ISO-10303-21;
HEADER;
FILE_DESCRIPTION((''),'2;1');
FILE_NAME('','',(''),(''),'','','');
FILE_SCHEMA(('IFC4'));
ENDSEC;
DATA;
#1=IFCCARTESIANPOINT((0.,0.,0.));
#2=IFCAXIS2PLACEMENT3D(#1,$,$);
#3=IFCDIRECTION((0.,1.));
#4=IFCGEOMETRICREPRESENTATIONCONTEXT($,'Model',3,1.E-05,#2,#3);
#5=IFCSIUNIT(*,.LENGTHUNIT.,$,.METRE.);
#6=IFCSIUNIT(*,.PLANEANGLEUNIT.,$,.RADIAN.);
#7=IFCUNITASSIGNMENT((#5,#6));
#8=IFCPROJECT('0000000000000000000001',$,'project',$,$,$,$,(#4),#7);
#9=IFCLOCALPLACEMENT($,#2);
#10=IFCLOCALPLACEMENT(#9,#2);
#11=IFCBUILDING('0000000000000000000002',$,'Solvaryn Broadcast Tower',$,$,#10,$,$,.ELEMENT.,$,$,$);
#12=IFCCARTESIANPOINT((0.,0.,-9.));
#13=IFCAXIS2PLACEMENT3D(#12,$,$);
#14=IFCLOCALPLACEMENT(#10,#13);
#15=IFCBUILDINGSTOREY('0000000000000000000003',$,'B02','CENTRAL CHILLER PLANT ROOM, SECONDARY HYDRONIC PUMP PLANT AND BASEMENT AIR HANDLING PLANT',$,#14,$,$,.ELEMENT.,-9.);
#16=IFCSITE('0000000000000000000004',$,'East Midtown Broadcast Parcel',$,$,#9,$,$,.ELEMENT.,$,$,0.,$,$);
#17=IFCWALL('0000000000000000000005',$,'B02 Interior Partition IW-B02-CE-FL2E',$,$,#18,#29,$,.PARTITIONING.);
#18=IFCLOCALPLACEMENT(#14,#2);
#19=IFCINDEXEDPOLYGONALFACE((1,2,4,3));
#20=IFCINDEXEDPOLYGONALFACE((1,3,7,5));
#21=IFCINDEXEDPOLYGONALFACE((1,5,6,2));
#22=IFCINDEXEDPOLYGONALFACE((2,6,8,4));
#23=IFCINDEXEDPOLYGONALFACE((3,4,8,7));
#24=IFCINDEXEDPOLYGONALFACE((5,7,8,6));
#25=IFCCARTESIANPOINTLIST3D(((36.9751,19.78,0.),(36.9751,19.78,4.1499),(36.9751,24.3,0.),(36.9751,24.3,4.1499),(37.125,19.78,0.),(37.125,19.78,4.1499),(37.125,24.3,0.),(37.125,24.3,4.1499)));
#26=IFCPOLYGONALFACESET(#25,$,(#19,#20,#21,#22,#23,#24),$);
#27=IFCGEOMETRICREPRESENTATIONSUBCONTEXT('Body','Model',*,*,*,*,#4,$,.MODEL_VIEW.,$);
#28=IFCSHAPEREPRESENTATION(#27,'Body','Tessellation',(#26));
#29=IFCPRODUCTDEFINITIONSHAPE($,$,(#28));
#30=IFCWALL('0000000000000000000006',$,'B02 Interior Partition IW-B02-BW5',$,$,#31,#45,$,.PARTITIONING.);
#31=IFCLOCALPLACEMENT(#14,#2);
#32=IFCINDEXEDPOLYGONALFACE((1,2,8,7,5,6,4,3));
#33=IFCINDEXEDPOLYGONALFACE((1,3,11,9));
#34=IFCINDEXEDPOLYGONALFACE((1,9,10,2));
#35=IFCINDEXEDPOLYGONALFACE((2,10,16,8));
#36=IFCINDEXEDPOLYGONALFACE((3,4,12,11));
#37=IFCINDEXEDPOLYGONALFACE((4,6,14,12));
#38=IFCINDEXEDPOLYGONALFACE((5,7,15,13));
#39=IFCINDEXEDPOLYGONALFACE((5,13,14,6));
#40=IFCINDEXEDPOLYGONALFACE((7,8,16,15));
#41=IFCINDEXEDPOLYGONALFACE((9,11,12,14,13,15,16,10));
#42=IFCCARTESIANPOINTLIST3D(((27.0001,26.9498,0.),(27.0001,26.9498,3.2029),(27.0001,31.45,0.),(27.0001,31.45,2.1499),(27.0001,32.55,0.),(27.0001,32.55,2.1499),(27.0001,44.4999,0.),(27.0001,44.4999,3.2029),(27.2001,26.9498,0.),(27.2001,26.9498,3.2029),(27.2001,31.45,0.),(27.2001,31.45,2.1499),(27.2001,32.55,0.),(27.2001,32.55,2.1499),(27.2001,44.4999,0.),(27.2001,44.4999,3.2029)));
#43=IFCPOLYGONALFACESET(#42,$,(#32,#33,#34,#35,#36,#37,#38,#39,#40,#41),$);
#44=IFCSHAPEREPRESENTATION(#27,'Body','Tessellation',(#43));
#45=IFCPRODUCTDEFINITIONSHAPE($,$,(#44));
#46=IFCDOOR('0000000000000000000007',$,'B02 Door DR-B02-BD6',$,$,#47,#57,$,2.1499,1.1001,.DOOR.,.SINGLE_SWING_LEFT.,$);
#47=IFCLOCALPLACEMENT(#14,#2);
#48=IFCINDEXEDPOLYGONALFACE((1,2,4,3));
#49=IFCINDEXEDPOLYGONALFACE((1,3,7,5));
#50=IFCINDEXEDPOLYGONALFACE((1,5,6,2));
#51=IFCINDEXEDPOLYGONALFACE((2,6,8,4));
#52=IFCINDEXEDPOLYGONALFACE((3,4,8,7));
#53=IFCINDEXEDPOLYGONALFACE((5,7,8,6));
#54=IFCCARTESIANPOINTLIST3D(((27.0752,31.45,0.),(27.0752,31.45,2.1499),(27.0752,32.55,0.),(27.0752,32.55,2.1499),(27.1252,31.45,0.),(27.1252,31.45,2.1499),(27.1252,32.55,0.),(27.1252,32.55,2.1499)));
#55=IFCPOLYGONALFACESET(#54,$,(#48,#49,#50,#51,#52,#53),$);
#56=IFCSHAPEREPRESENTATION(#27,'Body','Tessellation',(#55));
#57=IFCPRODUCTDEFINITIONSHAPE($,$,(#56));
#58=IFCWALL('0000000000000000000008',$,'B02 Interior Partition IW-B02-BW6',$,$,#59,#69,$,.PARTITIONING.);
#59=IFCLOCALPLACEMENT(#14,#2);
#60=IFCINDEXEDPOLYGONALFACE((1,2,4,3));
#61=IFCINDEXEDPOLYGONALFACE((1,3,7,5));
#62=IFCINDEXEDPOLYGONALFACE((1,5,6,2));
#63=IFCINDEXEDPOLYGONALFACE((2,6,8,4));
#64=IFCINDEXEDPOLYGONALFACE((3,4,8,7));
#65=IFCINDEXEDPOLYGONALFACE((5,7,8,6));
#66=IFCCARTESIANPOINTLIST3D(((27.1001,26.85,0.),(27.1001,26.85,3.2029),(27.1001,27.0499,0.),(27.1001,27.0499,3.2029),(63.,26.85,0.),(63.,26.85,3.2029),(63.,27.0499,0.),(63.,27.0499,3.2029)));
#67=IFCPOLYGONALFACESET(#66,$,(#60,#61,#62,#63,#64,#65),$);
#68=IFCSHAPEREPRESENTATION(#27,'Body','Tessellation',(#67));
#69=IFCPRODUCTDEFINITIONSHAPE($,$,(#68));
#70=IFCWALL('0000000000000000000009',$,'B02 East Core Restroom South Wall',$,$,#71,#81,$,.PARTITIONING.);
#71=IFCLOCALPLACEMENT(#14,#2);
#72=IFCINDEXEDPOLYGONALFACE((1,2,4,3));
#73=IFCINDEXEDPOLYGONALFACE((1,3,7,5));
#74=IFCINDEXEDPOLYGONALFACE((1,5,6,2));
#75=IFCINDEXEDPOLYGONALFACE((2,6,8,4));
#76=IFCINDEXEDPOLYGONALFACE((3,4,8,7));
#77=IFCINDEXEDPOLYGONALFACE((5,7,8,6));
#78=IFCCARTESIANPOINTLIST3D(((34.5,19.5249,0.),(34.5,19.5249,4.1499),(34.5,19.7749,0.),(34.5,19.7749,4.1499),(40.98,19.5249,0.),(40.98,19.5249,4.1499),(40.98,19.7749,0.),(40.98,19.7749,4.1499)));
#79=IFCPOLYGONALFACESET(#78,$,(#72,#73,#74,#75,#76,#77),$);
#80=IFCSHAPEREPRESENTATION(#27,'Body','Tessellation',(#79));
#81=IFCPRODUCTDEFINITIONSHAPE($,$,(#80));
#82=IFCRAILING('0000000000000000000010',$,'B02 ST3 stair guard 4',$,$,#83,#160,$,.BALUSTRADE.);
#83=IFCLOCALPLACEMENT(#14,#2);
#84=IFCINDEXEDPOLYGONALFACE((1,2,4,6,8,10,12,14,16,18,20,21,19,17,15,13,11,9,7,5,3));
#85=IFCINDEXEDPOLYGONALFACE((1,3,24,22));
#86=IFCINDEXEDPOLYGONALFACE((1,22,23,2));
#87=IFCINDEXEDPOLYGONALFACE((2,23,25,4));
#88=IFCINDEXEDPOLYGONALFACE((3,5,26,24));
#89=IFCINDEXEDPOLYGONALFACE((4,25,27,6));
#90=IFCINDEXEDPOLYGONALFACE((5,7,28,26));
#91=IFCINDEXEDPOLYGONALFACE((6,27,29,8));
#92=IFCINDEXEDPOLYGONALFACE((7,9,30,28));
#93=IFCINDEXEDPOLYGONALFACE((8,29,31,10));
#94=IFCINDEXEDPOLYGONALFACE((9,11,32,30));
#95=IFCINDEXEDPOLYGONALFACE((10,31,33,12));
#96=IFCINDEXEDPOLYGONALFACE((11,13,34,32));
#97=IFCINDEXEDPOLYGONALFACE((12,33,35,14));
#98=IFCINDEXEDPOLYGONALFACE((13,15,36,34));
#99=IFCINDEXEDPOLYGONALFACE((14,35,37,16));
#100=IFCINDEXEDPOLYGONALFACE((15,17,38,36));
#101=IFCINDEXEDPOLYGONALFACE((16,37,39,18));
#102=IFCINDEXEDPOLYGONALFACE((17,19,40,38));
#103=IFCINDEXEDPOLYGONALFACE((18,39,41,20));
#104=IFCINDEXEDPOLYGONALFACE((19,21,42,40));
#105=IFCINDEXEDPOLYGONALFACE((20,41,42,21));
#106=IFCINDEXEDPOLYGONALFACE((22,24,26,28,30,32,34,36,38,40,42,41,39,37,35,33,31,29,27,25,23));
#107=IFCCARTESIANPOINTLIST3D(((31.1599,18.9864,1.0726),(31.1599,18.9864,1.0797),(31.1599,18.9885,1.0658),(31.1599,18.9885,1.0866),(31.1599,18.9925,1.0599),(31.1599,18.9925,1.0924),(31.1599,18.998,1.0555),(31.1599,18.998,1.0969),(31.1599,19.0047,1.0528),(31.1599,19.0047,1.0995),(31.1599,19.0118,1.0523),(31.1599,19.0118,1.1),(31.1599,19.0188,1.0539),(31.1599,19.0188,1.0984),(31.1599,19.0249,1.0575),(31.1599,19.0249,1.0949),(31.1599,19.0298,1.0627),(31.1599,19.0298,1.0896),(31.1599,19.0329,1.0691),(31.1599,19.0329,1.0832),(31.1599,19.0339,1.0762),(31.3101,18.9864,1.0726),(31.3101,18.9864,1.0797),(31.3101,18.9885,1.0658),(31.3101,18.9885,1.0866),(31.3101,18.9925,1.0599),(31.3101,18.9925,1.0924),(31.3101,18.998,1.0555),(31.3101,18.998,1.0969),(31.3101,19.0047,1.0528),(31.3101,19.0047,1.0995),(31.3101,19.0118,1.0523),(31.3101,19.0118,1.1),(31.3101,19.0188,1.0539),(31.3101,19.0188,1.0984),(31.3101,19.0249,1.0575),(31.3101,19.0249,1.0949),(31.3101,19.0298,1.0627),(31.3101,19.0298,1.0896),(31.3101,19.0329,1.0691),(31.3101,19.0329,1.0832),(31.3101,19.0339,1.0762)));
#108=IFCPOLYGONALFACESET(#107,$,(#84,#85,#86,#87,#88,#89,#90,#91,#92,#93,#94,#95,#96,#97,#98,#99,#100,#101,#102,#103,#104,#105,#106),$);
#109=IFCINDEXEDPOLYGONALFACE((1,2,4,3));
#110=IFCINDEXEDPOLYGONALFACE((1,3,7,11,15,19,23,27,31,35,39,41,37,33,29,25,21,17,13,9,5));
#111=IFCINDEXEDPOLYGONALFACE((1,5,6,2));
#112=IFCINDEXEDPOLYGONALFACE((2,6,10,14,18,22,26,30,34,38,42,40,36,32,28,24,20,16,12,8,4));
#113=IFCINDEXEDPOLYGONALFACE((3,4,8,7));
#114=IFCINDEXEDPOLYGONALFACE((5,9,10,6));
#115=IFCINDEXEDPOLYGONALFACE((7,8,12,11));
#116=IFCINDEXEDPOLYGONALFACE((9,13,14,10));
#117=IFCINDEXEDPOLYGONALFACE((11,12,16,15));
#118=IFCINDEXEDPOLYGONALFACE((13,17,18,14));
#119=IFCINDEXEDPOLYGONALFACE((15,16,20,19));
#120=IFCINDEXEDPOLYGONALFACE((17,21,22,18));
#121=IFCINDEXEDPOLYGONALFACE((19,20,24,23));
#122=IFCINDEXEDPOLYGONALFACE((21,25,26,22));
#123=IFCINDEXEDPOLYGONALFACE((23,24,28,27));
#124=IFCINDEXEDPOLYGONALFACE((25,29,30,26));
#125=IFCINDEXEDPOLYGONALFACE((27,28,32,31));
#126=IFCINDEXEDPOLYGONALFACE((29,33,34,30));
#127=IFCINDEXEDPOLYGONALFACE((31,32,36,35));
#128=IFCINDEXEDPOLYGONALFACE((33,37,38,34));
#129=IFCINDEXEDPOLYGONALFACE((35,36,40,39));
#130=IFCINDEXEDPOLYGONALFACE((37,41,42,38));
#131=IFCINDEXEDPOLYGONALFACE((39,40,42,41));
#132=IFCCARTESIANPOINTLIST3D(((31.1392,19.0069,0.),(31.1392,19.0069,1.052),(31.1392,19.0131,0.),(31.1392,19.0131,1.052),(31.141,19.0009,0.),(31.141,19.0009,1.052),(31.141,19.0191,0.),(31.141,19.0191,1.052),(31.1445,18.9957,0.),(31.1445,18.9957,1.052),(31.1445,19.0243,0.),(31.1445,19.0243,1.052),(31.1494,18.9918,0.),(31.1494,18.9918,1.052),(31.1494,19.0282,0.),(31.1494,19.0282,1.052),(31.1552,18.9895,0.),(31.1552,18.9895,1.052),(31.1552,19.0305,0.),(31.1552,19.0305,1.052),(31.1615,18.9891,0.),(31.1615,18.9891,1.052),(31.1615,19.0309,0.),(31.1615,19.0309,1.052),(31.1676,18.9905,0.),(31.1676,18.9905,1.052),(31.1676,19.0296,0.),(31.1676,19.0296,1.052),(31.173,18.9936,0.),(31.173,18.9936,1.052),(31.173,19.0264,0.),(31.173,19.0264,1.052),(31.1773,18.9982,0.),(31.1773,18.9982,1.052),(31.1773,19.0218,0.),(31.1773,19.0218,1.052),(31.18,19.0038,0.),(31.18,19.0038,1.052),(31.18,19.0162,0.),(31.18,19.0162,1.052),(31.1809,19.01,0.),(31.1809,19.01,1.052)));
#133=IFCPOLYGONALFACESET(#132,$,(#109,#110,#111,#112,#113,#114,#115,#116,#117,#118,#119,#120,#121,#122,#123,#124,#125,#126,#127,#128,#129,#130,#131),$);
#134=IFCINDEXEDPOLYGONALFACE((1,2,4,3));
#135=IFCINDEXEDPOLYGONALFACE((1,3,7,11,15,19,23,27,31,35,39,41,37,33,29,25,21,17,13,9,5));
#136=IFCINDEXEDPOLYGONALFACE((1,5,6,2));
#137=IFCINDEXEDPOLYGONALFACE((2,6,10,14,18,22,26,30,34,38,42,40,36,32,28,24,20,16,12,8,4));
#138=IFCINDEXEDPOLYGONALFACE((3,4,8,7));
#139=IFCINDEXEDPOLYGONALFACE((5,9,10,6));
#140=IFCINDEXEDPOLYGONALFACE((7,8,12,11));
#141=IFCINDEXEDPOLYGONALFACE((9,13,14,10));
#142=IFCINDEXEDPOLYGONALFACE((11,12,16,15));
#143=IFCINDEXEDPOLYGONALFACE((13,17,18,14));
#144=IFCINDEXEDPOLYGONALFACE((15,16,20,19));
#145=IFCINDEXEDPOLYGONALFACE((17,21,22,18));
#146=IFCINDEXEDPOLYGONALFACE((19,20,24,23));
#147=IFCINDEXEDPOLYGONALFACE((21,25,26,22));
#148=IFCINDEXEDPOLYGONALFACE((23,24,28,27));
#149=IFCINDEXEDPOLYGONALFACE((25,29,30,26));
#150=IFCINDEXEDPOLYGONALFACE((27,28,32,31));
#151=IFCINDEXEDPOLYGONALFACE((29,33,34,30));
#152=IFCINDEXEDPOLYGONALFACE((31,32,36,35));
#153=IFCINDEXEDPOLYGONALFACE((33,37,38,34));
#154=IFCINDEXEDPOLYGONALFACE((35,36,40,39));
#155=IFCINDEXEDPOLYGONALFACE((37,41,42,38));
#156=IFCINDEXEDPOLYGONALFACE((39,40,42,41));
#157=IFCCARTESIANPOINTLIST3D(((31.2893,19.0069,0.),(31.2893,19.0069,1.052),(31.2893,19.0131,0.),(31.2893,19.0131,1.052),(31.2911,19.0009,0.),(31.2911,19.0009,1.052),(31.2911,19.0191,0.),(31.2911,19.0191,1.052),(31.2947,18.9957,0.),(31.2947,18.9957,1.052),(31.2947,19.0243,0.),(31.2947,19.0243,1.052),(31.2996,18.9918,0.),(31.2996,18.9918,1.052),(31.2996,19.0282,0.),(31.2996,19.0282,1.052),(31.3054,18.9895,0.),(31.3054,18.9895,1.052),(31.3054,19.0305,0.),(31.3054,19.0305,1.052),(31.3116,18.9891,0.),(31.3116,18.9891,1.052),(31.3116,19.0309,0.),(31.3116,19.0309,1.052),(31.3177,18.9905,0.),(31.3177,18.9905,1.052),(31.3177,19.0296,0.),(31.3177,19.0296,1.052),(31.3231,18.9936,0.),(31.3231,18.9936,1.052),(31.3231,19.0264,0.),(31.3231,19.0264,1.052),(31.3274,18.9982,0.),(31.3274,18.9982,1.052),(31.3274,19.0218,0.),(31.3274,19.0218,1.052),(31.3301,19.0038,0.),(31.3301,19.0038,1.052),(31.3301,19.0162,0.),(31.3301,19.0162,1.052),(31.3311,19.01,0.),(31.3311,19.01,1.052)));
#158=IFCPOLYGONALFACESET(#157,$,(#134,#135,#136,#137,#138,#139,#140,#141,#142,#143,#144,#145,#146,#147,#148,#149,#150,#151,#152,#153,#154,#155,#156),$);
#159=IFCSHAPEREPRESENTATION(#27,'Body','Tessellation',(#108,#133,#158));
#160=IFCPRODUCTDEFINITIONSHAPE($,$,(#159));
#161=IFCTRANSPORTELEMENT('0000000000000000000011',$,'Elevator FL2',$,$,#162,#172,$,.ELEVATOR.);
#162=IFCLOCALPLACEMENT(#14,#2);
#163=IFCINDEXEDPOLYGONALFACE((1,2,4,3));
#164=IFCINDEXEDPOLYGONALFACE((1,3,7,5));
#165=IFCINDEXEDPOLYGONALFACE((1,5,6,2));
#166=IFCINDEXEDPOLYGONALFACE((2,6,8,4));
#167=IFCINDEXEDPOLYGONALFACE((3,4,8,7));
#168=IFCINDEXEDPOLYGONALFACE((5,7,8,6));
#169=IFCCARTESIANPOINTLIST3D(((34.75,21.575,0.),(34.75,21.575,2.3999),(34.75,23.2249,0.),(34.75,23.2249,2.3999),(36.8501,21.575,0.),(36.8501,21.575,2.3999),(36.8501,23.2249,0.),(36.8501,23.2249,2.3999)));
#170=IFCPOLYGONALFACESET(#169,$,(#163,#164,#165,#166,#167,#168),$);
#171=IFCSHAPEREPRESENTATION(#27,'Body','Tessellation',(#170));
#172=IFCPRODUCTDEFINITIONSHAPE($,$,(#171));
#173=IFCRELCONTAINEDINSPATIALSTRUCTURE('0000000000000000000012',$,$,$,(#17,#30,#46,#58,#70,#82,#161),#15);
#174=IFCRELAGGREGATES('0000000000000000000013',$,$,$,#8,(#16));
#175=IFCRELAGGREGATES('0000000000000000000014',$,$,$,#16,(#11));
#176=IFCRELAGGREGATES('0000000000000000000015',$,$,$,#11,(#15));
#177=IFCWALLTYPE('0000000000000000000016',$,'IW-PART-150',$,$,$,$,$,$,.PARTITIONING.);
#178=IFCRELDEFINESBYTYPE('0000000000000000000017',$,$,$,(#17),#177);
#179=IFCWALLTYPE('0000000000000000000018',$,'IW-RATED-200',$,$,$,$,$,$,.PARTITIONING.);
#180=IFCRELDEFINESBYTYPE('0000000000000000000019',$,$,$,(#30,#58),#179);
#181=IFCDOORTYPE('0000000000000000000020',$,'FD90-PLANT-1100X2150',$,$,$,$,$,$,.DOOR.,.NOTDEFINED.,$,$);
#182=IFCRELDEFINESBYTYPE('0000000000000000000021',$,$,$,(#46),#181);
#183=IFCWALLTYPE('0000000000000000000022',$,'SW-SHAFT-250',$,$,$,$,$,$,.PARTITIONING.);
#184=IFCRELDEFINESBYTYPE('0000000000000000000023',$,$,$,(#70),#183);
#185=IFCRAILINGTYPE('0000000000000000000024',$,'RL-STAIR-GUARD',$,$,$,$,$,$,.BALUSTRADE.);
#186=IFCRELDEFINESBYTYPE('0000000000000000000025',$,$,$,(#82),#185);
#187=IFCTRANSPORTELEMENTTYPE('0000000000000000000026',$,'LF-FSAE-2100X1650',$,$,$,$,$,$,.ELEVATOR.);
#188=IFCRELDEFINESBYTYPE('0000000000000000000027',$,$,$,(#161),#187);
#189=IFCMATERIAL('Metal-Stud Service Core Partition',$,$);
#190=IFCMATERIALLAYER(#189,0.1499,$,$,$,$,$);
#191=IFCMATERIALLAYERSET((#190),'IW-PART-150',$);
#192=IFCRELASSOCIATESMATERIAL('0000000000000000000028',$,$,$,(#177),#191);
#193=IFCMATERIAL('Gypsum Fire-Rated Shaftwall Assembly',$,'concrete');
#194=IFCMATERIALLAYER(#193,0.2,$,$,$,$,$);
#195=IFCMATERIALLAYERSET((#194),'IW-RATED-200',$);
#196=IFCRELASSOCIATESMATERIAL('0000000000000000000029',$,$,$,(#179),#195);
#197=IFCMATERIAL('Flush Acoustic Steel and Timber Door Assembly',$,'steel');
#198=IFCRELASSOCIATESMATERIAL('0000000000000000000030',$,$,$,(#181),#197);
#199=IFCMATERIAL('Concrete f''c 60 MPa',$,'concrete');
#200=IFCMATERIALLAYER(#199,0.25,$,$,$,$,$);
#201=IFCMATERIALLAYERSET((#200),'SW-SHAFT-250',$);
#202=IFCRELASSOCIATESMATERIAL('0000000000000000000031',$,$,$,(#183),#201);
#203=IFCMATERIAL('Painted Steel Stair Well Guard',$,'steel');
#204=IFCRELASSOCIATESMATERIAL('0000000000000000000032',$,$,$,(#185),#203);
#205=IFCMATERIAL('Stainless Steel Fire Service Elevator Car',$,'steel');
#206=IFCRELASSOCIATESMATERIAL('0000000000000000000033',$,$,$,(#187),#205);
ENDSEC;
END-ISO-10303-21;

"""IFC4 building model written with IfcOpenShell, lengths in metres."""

from ifc_helpers import new_model, si_unit, direction, frame, frame_2d, origin, origin_2d, place, context, subcontext, project, spatial, rectangle, circle, extrude, material, layer, layer_set, type_object, element, fill, save


model = new_model("IFC4")

# Units and contexts
model_context = context("Model", 3, precision=1e-05, world=origin(), true_north=direction((0.0, 1.0)))
body_context = subcontext(model_context, "Body", "Model", "MODEL_VIEW")
ifc_project = project(units=[si_unit("LENGTHUNIT", "METRE"), si_unit("PLANEANGLEUNIT", "RADIAN")], contexts=[model_context])

# Site, building, storey
site_placement = place(None, origin())
site = spatial("IfcSite", under=ifc_project, at=site_placement, Name="East Midtown Broadcast Parcel", CompositionType="ELEMENT", RefElevation=0.0)
building_placement = place(site_placement, origin())
building = spatial("IfcBuilding", under=site, at=building_placement, Name="Solvaryn Broadcast Tower", CompositionType="ELEMENT")
storey_placement = place(building_placement, frame((0.0, 0.0, -9.0)))
storey = spatial("IfcBuildingStorey", under=building, at=storey_placement, Name="B02", Description="CENTRAL CHILLER PLANT ROOM, SECONDARY HYDRONIC PUMP PLANT AND BASEMENT AIR HANDLING PLANT", CompositionType="ELEMENT", Elevation=-9.0)

# Wall
ifc_material_1 = material(Name="Metal-Stud Service Core Partition")
ifc_layer_1 = layer(ifc_material_1, 0.1499)
ifc_layer_set_1 = layer_set([ifc_layer_1], Name="IW-PART-150")
wall_type_1 = type_object("IfcWallType", Name="IW-PART-150", PredefinedType="PARTITIONING", material=ifc_layer_set_1)
wall_1_placement = place(storey_placement, frame((37.05, 19.78, 0.0), z_axis=(0.0, 0.0, 1.0), x_axis=(0.0, 1.0, 0.0)))
element("IfcWall", 1, at=wall_1_placement, inside=storey, type_object=wall_type_1, Name="B02 Interior Partition IW-B02-CE-FL2E", PredefinedType="PARTITIONING", context=body_context, shape_type="SweptSolid", body=[
    extrude(rectangle(XDim=4.52, YDim=0.1499, at=frame_2d((2.26, 0.0))), origin(), (0.0, 0.0, 1.0), 4.1499),
])

# Wall, opening, door
ifc_material_2 = material(Name="Gypsum Fire-Rated Shaftwall Assembly", Category="concrete")
ifc_layer_2 = layer(ifc_material_2, 0.2)
ifc_layer_set_2 = layer_set([ifc_layer_2], Name="IW-RATED-200")
wall_type_2 = type_object("IfcWallType", Name="IW-RATED-200", PredefinedType="PARTITIONING", material=ifc_layer_set_2)
wall_2_placement = place(storey_placement, frame((27.1001, 26.95, 0.0), z_axis=(0.0, 0.0, 1.0), x_axis=(0.0, 1.0, 0.0)))
wall_2 = element("IfcWall", 2, at=wall_2_placement, inside=storey, type_object=wall_type_2, Name="B02 Interior Partition IW-B02-BW5", PredefinedType="PARTITIONING", context=body_context, shape_type="SweptSolid", body=[
    extrude(rectangle(XDim=17.55, YDim=0.2, at=frame_2d((8.7749, 0.0))), origin(), (0.0, 0.0, 1.0), 3.2029),
])
opening_1_placement = place(wall_2_placement, frame((4.5, 0.0, 0.0)))
opening_1 = element("IfcOpeningElement", 3, at=opening_1_placement, cuts=wall_2, PredefinedType="OPENING", context=body_context, shape_type="SweptSolid", body=[
    extrude(rectangle(XDim=1.1001, YDim=2.1499, at=frame_2d((0.55, 1.075))), frame((0.0, 0.1101, 0.0), z_axis=(0.0, -1.0, 0.0), x_axis=(1.0, 0.0, 0.0)), (0.0, 0.0, 1.0), 0.22),
])
ifc_material_3 = material(Name="Flush Acoustic Steel and Timber Door Assembly", Category="steel")
door_type_1 = type_object("IfcDoorType", Name="FD90-PLANT-1100X2150", OperationType="NOTDEFINED", PredefinedType="DOOR", material=ifc_material_3)
door_1_placement = place(opening_1_placement, origin())
door_1 = element("IfcDoor", 4, at=door_1_placement, inside=storey, type_object=door_type_1, Name="B02 Door DR-B02-BD6", OperationType="SINGLE_SWING_LEFT", OverallHeight=2.1499, OverallWidth=1.1001, PredefinedType="DOOR", context=body_context, shape_type="SweptSolid", body=[
    extrude(rectangle(XDim=1.1001, YDim=2.1499, at=frame_2d((0.55, 1.075))), frame((0.0, 0.0249, 0.0), z_axis=(0.0, -1.0, 0.0), x_axis=(1.0, 0.0, 0.0)), (0.0, 0.0, 1.0), 0.05),
])
fill(opening_1, door_1)

# Wall
wall_3_placement = place(storey_placement, frame((27.1001, 26.95, 0.0), z_axis=(0.0, 0.0, 1.0), x_axis=(1.0, 0.0, 0.0)))
element("IfcWall", 5, at=wall_3_placement, inside=storey, type_object=wall_type_2, Name="B02 Interior Partition IW-B02-BW6", PredefinedType="PARTITIONING", context=body_context, shape_type="SweptSolid", body=[
    extrude(rectangle(XDim=35.8999, YDim=0.2, at=frame_2d((17.95, 0.0))), origin(), (0.0, 0.0, 1.0), 3.2029),
])

# Shared definitions
ifc_material_4 = material(Name="Concrete f'c 60 MPa", Category="concrete")
ifc_layer_3 = layer(ifc_material_4, 0.25)
ifc_layer_set_3 = layer_set([ifc_layer_3], Name="SW-SHAFT-250")
wall_type_3 = type_object("IfcWallType", Name="SW-SHAFT-250", PredefinedType="PARTITIONING", material=ifc_layer_set_3)

# Wall
wall_4_placement = place(storey_placement, frame((34.5, 19.6499, 0.0), z_axis=(0.0, 0.0, 1.0), x_axis=(1.0, 0.0, 0.0)))
element("IfcWall", 6, at=wall_4_placement, inside=storey, type_object=wall_type_3, Name="B02 East Core Restroom South Wall", PredefinedType="PARTITIONING", context=body_context, shape_type="SweptSolid", body=[
    extrude(rectangle(XDim=6.48, YDim=0.25, at=frame_2d((3.24, 0.0))), origin(), (0.0, 0.0, 1.0), 4.1499),
])

# Railing
ifc_material_5 = material(Name="Painted Steel Stair Well Guard", Category="steel")
railing_type = type_object("IfcRailingType", Name="RL-STAIR-GUARD", PredefinedType="BALUSTRADE", material=ifc_material_5)
railing_placement = place(storey_placement, frame((31.1599, 19.01, 0.0)))
element("IfcRailing", 7, at=railing_placement, inside=storey, type_object=railing_type, Name="B02 ST3 stair guard 4", PredefinedType="BALUSTRADE", context=body_context, shape_type="SweptSolid", body=[
    extrude(circle(Radius=0.0239, at=origin_2d()), frame((0.0, 0.0, 1.0762), z_axis=(1.0, 0.0, 0.0), x_axis=(0.0, 1.0, 0.0)), (0.0, 0.0, 1.0), 0.1501),
    extrude(circle(Radius=0.021, at=origin_2d()), origin(), (0.0, 0.0, 1.0), 1.052),
    extrude(circle(Radius=0.021, at=origin_2d()), frame((0.1501, 0.0, 0.0)), (0.0, 0.0, 1.0), 1.052),
])

# Transport element
ifc_material_6 = material(Name="Stainless Steel Fire Service Elevator Car", Category="steel")
transport_element_type = type_object("IfcTransportElementType", Name="LF-FSAE-2100X1650", PredefinedType="ELEVATOR", material=ifc_material_6)
transport_element_placement = place(storey_placement, frame((35.8, 22.3999, 0.0), z_axis=(0.0, 0.0, 1.0), x_axis=(1.0, 0.0, 0.0)))
element("IfcTransportElement", 8, at=transport_element_placement, inside=storey, type_object=transport_element_type, Name="Elevator FL2", PredefinedType="ELEVATOR", context=body_context, shape_type="SweptSolid", body=[
    extrude(rectangle(XDim=2.1001, YDim=1.6499, at=origin_2d()), origin(), (0.0, 0.0, 1.0), 2.3999),
])

save(model, "model.ifc")
